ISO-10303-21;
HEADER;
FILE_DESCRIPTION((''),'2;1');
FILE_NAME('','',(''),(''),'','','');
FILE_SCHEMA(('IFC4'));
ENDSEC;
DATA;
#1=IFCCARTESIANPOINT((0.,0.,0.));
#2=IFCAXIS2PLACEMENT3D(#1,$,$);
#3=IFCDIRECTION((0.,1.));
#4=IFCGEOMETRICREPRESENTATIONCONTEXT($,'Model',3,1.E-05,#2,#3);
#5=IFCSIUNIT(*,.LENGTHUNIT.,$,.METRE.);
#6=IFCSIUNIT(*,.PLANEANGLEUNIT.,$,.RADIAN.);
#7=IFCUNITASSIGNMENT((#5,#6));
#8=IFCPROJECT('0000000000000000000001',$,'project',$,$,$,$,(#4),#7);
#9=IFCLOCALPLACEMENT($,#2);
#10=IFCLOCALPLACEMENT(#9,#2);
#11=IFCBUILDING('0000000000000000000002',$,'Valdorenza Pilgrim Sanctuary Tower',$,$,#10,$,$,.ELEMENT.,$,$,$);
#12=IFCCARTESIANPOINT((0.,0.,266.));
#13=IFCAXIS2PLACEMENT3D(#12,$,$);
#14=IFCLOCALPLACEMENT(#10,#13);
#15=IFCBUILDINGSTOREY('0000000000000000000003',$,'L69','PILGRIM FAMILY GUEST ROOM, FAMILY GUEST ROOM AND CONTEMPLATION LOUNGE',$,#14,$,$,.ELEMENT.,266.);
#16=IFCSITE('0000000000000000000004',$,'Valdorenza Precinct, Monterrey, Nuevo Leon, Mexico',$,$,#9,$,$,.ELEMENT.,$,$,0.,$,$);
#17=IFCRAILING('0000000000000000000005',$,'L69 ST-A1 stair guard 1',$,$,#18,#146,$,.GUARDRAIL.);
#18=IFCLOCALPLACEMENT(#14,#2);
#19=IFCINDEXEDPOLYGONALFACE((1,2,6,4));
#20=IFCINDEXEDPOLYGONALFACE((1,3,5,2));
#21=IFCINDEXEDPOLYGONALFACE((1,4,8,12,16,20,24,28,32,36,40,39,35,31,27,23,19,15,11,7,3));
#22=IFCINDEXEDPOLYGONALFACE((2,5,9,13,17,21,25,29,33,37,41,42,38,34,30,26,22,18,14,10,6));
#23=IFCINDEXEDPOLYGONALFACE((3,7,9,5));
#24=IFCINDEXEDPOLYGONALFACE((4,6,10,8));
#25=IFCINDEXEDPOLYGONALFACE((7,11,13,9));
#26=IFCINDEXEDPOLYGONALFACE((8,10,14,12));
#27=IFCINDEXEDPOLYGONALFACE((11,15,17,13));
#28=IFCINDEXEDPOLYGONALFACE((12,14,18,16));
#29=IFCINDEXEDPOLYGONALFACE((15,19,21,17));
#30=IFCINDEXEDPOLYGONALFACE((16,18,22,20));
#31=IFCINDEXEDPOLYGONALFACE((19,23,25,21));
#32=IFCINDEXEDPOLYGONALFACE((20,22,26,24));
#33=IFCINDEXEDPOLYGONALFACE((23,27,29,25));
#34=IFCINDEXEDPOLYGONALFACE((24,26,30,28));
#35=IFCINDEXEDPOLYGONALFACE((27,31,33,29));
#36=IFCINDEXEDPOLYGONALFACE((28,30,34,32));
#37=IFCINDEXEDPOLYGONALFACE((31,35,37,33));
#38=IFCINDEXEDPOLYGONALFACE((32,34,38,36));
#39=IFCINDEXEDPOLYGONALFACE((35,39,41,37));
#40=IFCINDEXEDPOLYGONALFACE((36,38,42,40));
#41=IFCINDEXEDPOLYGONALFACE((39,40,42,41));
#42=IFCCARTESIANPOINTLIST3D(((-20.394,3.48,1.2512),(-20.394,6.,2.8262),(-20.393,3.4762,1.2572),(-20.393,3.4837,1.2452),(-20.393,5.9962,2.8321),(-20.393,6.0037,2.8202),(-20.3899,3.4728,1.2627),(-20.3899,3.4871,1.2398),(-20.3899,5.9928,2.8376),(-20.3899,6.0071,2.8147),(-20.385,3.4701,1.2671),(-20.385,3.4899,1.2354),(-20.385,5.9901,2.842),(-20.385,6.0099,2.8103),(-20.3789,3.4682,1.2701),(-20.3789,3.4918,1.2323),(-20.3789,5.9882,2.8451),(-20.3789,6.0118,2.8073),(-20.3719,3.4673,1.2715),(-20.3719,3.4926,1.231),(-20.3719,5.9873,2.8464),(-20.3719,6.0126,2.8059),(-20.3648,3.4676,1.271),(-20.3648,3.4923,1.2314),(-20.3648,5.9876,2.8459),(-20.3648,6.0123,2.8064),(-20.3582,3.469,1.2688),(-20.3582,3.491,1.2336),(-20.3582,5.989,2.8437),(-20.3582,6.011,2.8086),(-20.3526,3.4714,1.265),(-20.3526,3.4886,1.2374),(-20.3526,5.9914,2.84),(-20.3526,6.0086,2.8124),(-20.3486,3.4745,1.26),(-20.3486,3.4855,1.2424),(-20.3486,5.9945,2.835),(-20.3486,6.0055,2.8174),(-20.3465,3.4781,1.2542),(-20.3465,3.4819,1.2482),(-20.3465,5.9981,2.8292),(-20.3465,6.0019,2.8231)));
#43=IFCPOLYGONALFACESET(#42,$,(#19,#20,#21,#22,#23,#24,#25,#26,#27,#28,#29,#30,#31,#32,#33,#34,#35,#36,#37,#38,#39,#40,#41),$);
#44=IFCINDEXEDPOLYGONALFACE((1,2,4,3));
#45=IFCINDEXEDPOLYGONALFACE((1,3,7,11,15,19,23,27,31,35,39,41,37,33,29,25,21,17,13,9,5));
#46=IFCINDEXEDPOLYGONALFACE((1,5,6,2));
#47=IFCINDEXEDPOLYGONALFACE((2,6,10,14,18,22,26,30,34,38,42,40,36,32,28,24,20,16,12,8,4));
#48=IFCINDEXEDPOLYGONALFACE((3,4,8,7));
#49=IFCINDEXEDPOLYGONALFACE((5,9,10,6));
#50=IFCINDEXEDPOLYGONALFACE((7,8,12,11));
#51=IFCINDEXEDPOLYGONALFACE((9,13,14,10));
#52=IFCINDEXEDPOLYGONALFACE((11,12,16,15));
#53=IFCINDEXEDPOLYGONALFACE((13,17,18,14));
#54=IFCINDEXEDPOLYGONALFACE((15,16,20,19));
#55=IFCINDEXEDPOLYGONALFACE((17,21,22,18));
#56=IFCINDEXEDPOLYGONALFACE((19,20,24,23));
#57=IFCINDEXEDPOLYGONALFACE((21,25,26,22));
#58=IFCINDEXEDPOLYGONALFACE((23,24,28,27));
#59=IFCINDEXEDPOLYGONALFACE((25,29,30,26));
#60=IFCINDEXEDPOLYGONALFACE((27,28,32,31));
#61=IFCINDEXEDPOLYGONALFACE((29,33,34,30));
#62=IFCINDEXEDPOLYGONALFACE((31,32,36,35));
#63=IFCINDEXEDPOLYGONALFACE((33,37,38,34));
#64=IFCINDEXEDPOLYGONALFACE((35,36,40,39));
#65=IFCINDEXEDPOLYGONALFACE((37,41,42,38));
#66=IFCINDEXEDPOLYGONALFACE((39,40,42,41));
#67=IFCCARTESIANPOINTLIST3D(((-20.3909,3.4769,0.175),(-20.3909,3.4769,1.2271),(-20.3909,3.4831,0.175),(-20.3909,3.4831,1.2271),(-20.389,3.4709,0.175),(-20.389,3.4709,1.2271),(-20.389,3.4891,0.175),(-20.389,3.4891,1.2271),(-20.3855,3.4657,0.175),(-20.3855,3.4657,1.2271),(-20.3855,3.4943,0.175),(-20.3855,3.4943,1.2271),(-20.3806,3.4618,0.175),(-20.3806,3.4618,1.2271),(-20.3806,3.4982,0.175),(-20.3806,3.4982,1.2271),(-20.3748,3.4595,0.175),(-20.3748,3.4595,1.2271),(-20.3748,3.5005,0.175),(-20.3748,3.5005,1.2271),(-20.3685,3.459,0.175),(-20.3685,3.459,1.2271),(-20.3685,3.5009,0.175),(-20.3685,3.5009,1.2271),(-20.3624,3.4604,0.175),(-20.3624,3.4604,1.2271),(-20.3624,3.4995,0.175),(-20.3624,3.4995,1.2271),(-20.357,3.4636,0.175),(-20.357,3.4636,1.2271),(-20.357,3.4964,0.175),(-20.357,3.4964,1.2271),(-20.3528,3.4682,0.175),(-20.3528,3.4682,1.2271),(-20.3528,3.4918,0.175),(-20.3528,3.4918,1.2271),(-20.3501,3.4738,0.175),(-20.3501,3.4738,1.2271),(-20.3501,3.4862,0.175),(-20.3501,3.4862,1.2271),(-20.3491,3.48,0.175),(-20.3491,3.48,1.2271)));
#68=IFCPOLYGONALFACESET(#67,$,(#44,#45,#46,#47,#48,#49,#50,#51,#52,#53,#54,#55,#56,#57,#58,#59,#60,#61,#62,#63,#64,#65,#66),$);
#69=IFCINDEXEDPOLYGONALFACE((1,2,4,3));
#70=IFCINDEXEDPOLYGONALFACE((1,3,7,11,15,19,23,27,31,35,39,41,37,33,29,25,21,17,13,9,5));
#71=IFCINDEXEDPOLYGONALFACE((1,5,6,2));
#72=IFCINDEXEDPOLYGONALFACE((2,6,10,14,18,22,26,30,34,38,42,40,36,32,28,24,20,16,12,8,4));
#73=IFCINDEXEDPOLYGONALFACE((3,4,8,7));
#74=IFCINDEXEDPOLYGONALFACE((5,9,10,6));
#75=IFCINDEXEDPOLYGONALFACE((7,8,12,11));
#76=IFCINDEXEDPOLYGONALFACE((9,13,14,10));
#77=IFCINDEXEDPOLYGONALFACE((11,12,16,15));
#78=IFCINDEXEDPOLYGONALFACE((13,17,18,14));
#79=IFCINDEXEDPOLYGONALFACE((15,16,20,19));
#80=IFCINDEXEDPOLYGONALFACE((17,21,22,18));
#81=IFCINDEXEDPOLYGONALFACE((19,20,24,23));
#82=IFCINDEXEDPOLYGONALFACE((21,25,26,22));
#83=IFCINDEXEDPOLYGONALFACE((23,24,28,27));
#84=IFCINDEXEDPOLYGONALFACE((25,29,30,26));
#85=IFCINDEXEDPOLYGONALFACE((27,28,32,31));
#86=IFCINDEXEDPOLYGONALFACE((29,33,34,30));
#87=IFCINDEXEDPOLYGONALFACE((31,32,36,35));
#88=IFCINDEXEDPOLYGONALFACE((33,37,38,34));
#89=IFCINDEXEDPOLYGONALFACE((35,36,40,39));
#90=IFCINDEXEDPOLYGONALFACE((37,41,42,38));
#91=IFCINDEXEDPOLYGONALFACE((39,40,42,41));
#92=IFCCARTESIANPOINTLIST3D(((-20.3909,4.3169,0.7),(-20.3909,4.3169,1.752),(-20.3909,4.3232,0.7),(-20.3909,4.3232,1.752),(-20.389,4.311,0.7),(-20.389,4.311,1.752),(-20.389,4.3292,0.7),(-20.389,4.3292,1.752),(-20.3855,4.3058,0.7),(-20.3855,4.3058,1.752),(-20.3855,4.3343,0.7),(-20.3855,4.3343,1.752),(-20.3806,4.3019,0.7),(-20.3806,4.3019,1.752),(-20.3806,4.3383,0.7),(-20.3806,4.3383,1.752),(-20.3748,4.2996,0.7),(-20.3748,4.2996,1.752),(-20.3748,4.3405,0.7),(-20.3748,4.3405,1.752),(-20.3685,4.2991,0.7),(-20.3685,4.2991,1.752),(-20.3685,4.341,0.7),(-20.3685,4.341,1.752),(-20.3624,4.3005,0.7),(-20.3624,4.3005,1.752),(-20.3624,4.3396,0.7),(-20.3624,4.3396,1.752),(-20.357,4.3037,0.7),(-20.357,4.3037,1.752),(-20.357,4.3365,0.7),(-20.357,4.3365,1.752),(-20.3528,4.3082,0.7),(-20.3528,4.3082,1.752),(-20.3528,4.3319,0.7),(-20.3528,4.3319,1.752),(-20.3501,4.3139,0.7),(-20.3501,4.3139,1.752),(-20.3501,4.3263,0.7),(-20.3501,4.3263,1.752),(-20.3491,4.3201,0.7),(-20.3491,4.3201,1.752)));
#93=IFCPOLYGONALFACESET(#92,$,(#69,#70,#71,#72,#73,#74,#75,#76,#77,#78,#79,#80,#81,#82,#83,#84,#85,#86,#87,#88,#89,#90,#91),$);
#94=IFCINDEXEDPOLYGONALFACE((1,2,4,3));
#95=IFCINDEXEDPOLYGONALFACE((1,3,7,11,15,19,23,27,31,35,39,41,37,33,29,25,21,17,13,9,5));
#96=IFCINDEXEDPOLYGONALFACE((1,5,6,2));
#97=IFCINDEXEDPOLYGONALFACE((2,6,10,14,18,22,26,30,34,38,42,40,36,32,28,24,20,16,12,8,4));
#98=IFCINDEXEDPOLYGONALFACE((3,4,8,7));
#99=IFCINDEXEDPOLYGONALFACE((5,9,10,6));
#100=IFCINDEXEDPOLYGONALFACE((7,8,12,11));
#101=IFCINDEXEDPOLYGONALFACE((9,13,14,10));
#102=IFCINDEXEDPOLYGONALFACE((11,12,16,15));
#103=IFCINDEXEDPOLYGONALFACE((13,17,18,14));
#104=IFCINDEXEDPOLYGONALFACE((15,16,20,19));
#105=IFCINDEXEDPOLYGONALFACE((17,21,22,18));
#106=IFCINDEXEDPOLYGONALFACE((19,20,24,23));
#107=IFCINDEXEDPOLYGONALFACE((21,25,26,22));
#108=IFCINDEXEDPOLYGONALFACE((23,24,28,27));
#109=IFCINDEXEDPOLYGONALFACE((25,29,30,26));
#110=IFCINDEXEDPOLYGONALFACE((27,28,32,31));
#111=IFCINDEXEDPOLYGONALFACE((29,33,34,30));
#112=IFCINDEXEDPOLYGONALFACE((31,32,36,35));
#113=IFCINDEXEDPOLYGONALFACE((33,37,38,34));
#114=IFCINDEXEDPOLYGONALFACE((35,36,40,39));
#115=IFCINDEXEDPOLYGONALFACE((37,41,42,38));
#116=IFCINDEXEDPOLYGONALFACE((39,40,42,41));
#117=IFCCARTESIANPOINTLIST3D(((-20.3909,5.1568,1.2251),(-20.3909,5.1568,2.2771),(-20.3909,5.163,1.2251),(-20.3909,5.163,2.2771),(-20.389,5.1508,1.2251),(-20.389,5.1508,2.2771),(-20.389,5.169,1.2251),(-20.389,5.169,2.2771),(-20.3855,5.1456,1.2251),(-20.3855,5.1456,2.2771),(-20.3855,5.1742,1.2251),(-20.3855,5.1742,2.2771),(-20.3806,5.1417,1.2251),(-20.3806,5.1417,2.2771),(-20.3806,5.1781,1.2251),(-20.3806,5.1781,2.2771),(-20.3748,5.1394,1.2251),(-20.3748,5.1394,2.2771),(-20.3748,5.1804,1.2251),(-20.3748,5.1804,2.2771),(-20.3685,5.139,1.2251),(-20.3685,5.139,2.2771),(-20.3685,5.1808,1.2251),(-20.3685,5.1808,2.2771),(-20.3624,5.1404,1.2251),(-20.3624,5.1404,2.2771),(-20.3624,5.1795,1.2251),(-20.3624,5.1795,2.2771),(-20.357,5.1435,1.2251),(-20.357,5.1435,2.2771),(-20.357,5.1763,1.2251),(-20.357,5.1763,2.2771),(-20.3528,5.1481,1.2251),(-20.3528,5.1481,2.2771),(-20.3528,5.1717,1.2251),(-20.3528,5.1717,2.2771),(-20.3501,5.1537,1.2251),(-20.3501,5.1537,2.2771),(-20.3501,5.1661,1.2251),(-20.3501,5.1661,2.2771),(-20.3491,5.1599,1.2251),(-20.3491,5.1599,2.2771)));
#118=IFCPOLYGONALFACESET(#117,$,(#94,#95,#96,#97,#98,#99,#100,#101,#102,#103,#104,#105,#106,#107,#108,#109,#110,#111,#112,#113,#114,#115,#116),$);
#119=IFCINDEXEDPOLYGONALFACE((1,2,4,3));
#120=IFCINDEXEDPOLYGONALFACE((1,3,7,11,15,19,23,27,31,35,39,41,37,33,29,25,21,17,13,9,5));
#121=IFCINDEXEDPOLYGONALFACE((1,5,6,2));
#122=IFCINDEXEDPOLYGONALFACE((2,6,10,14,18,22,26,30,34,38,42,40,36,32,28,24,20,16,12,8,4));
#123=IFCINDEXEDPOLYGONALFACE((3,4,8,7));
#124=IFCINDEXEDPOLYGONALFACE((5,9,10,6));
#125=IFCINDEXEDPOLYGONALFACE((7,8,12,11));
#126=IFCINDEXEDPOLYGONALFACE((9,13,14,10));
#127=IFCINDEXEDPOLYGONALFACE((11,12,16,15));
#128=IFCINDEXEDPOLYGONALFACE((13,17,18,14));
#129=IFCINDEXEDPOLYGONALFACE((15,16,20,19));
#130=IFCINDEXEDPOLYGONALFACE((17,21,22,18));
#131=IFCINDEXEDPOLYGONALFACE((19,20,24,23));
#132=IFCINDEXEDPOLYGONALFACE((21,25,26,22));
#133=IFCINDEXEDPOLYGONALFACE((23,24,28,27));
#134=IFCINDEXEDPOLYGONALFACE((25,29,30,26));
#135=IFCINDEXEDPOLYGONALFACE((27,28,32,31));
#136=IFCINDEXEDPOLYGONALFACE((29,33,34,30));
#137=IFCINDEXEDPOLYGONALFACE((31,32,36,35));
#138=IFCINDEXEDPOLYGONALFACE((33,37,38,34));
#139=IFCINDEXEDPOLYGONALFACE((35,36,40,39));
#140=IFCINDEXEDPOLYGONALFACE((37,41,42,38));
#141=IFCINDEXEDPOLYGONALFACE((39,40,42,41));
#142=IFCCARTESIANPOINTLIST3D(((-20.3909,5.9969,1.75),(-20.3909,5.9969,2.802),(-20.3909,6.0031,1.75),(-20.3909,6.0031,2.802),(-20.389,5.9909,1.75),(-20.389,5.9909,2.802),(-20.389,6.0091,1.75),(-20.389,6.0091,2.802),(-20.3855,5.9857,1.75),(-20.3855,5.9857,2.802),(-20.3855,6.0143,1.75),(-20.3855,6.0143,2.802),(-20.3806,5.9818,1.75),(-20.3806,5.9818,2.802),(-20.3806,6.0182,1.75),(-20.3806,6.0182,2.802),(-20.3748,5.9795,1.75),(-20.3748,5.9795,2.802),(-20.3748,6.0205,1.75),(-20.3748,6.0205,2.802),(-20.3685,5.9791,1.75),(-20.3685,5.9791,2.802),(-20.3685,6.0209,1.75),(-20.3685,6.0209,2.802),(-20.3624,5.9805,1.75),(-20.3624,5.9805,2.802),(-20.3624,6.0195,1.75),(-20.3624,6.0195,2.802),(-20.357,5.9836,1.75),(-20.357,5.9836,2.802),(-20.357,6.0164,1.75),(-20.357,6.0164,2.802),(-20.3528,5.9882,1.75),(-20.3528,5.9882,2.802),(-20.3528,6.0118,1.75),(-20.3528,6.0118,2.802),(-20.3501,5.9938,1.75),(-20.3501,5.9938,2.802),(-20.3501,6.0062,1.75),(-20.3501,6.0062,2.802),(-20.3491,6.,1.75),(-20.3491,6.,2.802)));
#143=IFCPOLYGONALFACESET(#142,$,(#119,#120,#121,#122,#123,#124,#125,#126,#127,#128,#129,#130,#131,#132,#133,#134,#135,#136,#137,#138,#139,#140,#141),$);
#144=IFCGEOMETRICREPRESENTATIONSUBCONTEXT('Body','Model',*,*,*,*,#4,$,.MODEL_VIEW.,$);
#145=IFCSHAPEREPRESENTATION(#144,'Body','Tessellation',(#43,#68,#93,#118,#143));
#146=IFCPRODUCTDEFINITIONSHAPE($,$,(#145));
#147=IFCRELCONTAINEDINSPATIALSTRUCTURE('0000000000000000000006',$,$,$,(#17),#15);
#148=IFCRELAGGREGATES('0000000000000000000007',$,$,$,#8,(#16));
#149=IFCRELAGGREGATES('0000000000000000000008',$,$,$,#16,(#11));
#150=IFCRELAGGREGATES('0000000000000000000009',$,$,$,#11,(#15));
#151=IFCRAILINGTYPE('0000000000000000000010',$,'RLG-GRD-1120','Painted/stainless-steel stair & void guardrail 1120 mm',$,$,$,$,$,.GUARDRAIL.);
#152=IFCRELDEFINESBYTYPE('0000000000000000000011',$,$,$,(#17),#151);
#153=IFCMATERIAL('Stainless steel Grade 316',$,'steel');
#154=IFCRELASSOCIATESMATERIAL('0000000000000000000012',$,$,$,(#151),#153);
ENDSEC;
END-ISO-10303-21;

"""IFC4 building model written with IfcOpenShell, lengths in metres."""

from ifc_helpers import new_model, si_unit, direction, frame, origin, origin_2d, place, context, subcontext, project, spatial, circle, extrude, material, type_object, element, save


model = new_model("IFC4")

# Units and contexts
model_context = context("Model", 3, precision=1e-05, world=origin(), true_north=direction((0.0, 1.0)))
body_context = subcontext(model_context, "Body", "Model", "MODEL_VIEW")
ifc_project = project(units=[si_unit("LENGTHUNIT", "METRE"), si_unit("PLANEANGLEUNIT", "RADIAN")], contexts=[model_context])

# Site, building, storey
site_placement = place(None, origin())
site = spatial("IfcSite", under=ifc_project, at=site_placement, Name="Valdorenza Precinct, Monterrey, Nuevo Leon, Mexico", CompositionType="ELEMENT", RefElevation=0.0)
building_placement = place(site_placement, origin())
building = spatial("IfcBuilding", under=site, at=building_placement, Name="Valdorenza Pilgrim Sanctuary Tower", CompositionType="ELEMENT")
storey_placement = place(building_placement, frame((0.0, 0.0, 266.0)))
storey = spatial("IfcBuildingStorey", under=building, at=storey_placement, Name="L69", Description="PILGRIM FAMILY GUEST ROOM, FAMILY GUEST ROOM AND CONTEMPLATION LOUNGE", CompositionType="ELEMENT", Elevation=266.0)

# Railing
ifc_material_1 = material(Name="Stainless steel Grade 316", Category="steel")
railing_type_1 = type_object("IfcRailingType", Name="RLG-GRD-1120", Description="Painted/stainless-steel stair & void guardrail 1120 mm", PredefinedType="GUARDRAIL", material=ifc_material_1)
railing_1_placement = place(storey_placement, frame((-20.3701, 3.48, 0.175)))
element("IfcRailing", 1, at=railing_1_placement, inside=storey, type_object=railing_type_1, Name="L69 ST-A1 stair guard 1", PredefinedType="GUARDRAIL", context=body_context, shape_type="SweptSolid", body=[
    extrude(circle(Radius=0.0239, at=origin_2d()), frame((0.0, 0.0, 1.0762), z_axis=(0.0, 0.848008, 0.529984), x_axis=(-1.0, 0.0, 0.0)), (0.0, 0.0, 1.0), 2.9717),
    extrude(circle(Radius=0.021, at=origin_2d()), origin(), (0.0, 0.0, 1.0), 1.052),
    extrude(circle(Radius=0.021, at=origin_2d()), frame((0.0, 0.8401, 0.5249)), (0.0, 0.0, 1.0), 1.052),
    extrude(circle(Radius=0.021, at=origin_2d()), frame((0.0, 1.6799, 1.05)), (0.0, 0.0, 1.0), 1.052),
    extrude(circle(Radius=0.021, at=origin_2d()), frame((0.0, 2.52, 1.575)), (0.0, 0.0, 1.0), 1.052),
])

save(model, "model.ifc")
